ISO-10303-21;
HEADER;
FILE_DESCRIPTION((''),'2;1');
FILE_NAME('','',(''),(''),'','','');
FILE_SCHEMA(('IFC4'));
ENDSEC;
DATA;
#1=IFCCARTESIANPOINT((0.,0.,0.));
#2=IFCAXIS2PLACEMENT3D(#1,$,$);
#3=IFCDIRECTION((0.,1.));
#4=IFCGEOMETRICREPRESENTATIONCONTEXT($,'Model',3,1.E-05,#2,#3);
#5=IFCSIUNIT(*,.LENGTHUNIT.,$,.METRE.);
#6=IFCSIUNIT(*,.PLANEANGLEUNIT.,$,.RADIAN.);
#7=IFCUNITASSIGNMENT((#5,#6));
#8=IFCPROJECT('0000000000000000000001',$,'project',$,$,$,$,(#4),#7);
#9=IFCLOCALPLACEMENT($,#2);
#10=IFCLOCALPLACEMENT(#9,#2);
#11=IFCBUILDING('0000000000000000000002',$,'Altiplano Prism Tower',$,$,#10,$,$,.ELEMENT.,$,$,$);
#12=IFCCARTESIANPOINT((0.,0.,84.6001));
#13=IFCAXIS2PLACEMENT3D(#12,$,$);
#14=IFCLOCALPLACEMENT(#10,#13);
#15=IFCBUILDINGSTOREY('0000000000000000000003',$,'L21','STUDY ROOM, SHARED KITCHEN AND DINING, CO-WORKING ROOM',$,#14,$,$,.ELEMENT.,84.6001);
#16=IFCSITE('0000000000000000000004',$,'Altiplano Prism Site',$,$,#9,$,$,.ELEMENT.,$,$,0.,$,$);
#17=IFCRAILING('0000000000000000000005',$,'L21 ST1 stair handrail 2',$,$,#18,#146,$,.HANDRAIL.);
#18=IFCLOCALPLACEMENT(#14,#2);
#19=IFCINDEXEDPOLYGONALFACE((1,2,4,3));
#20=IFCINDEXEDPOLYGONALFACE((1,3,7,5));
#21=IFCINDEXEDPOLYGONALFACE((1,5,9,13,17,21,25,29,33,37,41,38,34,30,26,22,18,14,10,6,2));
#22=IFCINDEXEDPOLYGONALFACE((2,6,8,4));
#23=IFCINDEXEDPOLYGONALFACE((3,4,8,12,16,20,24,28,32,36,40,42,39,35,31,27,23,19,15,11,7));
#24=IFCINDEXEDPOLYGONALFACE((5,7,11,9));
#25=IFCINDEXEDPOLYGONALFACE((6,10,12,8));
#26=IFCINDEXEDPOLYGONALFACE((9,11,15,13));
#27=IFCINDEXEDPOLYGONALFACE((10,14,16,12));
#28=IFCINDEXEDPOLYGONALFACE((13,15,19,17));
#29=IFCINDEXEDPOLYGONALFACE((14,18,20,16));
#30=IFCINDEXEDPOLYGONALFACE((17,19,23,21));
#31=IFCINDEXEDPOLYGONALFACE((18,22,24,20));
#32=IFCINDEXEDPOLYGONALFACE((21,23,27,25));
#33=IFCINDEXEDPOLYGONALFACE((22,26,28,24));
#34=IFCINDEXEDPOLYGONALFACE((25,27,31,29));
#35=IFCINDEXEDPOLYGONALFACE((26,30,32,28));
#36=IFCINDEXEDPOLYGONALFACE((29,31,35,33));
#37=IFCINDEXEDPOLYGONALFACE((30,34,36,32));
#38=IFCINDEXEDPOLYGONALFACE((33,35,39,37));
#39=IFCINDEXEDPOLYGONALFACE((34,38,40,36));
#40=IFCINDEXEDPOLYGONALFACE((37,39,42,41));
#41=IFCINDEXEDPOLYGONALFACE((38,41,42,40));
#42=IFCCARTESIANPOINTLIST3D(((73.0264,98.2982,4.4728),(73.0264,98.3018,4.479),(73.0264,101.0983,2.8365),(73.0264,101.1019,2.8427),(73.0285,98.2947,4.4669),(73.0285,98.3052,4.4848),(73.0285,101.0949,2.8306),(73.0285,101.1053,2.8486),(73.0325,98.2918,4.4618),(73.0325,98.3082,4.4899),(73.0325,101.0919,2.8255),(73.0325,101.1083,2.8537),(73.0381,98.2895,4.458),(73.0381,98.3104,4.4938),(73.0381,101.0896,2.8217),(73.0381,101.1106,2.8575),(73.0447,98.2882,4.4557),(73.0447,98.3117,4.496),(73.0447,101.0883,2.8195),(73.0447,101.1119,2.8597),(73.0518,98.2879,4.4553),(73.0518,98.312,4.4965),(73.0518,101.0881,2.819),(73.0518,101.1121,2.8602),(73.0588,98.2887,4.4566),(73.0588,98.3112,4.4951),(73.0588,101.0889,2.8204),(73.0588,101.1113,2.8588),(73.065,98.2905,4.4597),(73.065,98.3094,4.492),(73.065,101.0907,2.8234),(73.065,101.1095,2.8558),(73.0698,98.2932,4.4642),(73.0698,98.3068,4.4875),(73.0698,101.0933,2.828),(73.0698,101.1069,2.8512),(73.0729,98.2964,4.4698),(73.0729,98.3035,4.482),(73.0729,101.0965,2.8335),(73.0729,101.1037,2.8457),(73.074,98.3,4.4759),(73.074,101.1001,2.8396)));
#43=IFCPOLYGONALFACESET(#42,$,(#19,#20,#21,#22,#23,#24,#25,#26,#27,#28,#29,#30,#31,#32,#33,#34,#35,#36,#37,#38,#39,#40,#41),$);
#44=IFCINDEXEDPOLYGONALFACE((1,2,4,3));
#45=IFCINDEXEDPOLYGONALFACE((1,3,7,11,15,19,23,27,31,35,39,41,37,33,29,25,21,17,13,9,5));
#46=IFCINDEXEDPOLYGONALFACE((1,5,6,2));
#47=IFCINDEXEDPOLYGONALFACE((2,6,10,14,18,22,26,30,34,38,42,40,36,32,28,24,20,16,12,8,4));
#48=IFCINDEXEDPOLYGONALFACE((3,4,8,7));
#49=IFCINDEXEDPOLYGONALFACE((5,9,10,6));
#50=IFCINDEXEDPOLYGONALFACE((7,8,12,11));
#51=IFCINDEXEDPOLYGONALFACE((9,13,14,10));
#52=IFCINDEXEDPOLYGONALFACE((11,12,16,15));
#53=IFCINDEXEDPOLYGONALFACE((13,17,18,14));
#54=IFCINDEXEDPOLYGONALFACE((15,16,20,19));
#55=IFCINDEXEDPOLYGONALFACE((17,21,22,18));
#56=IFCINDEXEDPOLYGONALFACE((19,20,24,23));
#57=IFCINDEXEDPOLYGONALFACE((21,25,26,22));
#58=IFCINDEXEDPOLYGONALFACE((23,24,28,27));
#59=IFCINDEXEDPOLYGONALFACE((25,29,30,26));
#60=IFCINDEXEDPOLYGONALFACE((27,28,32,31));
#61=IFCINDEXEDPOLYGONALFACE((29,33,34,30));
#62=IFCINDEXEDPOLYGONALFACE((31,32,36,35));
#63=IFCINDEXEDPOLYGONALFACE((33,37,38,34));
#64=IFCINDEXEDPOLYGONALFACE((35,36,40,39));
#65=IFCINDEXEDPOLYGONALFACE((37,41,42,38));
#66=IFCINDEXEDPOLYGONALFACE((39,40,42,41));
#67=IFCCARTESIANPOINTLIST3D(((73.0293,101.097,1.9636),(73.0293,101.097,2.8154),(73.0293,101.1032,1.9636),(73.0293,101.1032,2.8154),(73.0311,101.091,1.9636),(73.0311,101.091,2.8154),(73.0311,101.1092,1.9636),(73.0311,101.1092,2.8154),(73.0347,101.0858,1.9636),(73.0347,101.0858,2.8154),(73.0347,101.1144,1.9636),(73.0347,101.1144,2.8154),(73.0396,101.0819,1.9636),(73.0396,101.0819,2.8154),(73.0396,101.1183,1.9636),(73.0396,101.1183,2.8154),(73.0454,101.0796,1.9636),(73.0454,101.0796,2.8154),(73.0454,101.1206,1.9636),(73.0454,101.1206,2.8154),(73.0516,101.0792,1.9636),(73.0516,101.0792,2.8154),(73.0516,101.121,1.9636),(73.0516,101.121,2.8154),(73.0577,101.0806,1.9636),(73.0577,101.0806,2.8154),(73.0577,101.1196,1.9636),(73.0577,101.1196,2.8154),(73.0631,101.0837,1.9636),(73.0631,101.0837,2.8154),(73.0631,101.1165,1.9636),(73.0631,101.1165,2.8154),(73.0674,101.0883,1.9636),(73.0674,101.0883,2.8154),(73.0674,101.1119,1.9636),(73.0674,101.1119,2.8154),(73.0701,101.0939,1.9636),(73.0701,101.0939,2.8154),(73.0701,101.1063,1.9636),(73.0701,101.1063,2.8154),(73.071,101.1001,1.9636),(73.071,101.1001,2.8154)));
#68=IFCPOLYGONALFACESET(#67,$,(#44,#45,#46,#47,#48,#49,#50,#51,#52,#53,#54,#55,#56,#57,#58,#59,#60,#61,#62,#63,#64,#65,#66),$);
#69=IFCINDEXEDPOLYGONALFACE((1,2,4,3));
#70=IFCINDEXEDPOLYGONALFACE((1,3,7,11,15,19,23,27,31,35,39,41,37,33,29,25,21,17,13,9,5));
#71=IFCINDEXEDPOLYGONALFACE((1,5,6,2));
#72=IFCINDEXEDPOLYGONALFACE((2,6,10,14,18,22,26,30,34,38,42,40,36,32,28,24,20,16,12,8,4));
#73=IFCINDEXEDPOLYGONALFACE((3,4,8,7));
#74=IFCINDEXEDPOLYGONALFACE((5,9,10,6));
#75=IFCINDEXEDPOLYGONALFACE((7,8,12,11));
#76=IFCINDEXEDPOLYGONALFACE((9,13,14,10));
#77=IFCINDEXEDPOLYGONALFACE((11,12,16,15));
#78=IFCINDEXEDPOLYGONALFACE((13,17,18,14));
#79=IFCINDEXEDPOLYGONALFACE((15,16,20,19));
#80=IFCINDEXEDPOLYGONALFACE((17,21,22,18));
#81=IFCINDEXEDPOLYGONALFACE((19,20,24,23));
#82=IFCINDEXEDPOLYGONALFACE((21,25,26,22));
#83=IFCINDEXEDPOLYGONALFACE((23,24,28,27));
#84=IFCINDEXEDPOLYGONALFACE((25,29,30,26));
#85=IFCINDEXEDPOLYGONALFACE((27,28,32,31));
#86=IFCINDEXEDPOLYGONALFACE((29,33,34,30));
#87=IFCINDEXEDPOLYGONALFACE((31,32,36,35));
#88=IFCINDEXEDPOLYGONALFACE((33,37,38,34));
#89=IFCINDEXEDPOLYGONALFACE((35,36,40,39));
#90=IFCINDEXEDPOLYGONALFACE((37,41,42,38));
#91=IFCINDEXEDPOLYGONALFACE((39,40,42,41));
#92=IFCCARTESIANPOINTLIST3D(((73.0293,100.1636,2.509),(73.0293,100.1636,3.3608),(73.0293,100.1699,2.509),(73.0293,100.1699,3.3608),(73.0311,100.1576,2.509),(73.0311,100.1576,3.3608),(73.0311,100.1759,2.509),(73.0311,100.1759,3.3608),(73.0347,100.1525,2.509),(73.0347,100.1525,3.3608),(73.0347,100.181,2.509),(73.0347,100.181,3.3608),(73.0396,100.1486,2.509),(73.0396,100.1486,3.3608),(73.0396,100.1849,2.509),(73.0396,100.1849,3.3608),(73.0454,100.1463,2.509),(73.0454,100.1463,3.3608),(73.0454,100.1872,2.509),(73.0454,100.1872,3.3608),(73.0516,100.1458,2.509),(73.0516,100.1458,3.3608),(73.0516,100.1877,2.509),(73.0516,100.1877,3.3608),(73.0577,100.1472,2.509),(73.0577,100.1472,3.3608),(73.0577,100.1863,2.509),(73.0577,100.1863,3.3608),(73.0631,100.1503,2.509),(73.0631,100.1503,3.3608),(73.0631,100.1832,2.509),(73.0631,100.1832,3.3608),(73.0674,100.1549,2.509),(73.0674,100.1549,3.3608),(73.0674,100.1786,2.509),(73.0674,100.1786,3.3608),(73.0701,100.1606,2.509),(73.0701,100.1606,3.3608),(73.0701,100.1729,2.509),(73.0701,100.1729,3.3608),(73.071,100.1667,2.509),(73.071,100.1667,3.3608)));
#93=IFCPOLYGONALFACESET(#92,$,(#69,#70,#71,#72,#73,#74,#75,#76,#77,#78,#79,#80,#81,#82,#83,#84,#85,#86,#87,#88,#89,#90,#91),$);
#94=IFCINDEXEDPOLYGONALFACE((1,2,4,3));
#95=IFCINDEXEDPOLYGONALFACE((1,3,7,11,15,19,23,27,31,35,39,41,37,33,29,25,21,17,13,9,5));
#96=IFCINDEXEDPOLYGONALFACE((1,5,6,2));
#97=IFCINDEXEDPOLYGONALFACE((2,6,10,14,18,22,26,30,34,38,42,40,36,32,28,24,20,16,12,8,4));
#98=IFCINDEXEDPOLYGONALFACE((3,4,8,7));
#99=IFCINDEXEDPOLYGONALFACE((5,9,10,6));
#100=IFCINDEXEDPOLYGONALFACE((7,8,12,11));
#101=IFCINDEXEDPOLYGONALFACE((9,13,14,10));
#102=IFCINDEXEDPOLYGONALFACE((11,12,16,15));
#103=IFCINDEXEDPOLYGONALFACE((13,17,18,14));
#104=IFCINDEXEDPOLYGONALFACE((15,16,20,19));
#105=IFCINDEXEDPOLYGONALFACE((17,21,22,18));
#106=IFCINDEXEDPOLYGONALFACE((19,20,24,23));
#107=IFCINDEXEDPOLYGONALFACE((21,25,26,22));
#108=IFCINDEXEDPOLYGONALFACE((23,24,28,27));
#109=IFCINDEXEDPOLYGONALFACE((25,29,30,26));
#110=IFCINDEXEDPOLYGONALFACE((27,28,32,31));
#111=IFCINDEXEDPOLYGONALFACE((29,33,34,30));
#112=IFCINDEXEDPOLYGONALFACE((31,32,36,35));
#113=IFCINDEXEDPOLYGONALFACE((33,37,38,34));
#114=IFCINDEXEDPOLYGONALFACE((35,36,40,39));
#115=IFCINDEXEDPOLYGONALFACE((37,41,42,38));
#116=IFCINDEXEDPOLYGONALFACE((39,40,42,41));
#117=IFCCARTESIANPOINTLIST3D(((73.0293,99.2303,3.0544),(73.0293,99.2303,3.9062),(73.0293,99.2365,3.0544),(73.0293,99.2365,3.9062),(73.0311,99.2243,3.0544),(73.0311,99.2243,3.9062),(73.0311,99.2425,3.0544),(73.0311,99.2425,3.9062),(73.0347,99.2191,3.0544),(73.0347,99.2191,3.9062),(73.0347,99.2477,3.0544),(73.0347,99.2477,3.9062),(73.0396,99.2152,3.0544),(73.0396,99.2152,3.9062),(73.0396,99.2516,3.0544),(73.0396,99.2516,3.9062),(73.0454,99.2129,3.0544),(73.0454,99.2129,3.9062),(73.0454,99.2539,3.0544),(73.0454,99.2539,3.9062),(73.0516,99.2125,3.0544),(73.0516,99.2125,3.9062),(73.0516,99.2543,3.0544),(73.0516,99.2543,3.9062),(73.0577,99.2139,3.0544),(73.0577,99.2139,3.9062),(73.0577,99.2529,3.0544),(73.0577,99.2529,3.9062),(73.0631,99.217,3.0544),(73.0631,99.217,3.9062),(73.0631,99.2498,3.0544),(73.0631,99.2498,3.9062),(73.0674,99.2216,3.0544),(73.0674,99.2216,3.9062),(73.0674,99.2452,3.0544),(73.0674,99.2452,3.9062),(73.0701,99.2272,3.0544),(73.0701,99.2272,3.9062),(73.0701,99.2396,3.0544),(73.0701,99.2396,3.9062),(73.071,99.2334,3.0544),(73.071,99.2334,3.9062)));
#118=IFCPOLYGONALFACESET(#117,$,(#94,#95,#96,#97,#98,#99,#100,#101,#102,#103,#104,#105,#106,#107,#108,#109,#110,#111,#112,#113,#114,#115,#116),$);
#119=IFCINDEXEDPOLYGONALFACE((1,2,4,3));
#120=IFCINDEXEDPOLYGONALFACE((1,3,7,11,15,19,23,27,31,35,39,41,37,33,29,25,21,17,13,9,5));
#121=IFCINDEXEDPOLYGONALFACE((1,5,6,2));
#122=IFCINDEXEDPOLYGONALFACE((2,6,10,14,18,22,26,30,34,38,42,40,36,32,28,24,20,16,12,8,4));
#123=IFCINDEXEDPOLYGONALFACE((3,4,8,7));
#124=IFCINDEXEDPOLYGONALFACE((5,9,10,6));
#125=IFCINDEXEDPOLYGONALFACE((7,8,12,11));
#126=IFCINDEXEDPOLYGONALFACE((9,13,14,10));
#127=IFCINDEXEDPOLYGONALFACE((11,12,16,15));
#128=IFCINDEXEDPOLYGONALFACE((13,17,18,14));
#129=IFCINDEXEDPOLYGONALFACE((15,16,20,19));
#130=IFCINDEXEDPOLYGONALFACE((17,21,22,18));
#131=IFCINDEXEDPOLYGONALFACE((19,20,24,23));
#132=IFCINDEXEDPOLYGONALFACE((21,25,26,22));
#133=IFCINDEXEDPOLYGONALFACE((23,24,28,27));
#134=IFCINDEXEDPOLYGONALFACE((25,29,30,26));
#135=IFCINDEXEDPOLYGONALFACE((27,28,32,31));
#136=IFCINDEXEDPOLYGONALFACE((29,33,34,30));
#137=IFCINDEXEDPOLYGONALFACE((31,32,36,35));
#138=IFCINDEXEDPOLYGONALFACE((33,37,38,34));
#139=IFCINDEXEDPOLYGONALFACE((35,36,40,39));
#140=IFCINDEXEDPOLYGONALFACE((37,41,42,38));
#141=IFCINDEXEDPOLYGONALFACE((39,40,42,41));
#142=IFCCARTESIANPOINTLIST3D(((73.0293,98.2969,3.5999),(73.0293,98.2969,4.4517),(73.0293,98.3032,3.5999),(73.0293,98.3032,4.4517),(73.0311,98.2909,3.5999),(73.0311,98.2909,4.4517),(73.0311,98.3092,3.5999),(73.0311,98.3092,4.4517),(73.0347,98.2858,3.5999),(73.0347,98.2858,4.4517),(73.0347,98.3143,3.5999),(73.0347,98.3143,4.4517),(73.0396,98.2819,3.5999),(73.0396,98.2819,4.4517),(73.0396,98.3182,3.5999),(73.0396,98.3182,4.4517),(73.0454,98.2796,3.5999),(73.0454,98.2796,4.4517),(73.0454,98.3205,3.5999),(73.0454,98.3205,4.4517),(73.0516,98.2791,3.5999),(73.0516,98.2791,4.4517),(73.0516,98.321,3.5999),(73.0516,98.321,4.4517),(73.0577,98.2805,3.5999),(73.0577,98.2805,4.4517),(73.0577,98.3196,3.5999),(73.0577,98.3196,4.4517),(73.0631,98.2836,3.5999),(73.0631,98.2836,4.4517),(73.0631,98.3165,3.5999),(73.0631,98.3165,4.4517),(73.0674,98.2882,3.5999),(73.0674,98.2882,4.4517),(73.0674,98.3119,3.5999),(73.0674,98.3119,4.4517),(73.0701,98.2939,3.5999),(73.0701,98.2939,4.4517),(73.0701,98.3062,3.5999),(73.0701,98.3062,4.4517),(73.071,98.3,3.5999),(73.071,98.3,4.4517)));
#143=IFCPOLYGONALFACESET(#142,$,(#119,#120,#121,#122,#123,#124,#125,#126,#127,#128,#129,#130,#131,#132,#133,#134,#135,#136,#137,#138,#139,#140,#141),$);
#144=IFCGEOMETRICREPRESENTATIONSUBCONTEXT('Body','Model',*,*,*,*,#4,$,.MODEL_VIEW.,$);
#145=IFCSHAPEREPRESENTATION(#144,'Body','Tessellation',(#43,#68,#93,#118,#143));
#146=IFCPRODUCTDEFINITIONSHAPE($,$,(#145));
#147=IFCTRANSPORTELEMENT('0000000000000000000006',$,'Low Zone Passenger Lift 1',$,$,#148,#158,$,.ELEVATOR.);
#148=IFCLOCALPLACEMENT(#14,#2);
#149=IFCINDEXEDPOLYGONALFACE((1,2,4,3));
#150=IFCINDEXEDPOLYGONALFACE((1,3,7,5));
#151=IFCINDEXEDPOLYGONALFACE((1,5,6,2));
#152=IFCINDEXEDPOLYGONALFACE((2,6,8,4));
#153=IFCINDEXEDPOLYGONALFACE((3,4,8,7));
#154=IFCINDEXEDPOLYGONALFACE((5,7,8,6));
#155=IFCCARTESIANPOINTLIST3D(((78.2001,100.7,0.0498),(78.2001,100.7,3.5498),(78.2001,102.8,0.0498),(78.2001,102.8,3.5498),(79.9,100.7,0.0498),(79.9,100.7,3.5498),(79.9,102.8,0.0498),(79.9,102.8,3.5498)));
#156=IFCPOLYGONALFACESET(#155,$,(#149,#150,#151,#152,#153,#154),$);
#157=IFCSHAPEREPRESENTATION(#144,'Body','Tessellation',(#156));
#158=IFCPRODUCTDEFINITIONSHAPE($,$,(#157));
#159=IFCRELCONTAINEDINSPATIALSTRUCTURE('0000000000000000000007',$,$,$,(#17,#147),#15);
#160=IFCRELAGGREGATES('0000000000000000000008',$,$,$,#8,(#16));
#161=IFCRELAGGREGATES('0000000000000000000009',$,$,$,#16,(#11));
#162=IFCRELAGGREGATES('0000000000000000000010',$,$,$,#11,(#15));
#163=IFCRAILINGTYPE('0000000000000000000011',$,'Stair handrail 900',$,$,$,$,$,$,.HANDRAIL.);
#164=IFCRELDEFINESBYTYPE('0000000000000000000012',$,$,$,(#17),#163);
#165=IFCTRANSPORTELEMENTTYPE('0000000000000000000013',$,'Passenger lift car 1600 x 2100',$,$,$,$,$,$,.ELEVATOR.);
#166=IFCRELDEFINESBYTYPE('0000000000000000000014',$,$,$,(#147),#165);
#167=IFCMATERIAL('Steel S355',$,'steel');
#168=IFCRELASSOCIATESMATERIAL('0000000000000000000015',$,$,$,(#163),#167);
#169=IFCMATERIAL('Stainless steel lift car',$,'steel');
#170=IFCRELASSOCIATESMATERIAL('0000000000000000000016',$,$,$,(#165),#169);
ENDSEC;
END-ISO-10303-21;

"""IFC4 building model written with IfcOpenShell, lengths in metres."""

from ifc_helpers import new_model, si_unit, direction, frame, origin, origin_2d, place, context, subcontext, project, spatial, rectangle, circle, extrude, material, type_object, element, save


model = new_model("IFC4")

# Units and contexts
model_context = context("Model", 3, precision=1e-05, world=origin(), true_north=direction((0.0, 1.0)))
body_context = subcontext(model_context, "Body", "Model", "MODEL_VIEW")
ifc_project = project(units=[si_unit("LENGTHUNIT", "METRE"), si_unit("PLANEANGLEUNIT", "RADIAN")], contexts=[model_context])

# Site, building, storey
site_placement = place(None, origin())
site = spatial("IfcSite", under=ifc_project, at=site_placement, Name="Altiplano Prism Site", CompositionType="ELEMENT", RefElevation=0.0)
building_placement = place(site_placement, origin())
building = spatial("IfcBuilding", under=site, at=building_placement, Name="Altiplano Prism Tower", CompositionType="ELEMENT")
storey_placement = place(building_placement, frame((0.0, 0.0, 84.6001)))
storey = spatial("IfcBuildingStorey", under=building, at=storey_placement, Name="L21", Description="STUDY ROOM, SHARED KITCHEN AND DINING, CO-WORKING ROOM", CompositionType="ELEMENT", Elevation=84.6001)

# Railing
ifc_material_1 = material(Name="Steel S355", Category="steel")
railing_type_1 = type_object("IfcRailingType", Name="Stair handrail 900", PredefinedType="HANDRAIL", material=ifc_material_1)
railing_1_placement = place(storey_placement, frame((73.05, 101.1001, 1.9636)))
element("IfcRailing", 1, at=railing_1_placement, inside=storey, type_object=railing_type_1, Name="L21 ST1 stair handrail 2", PredefinedType="HANDRAIL", context=body_context, shape_type="SweptSolid", body=[
    extrude(circle(Radius=0.0239, at=origin_2d()), frame((0.0, 0.0, 0.876), z_axis=(0.0, -0.863394, 0.504531), x_axis=(1.0, 0.0, 0.0)), (0.0, 0.0, 1.0), 3.2432),
    extrude(circle(Radius=0.021, at=origin_2d()), origin(), (0.0, 0.0, 1.0), 0.8518),
    extrude(circle(Radius=0.021, at=origin_2d()), frame((0.0, -0.9333, 0.5454)), (0.0, 0.0, 1.0), 0.8518),
    extrude(circle(Radius=0.021, at=origin_2d()), frame((0.0, -1.8667, 1.0908)), (0.0, 0.0, 1.0), 0.8518),
    extrude(circle(Radius=0.021, at=origin_2d()), frame((0.0, -2.8, 1.6362)), (0.0, 0.0, 1.0), 0.8518),
])

# Transport element
ifc_material_2 = material(Name="Stainless steel lift car", Category="steel")
transport_element_type = type_object("IfcTransportElementType", Name="Passenger lift car 1600 x 2100", PredefinedType="ELEVATOR", material=ifc_material_2)
transport_element_placement = place(storey_placement, frame((79.05, 101.75, 0.0498), z_axis=(0.0, 0.0, 1.0), x_axis=(1.0, 0.0, 0.0)))
element("IfcTransportElement", 2, at=transport_element_placement, inside=storey, type_object=transport_element_type, Name="Low Zone Passenger Lift 1", PredefinedType="ELEVATOR", context=body_context, shape_type="SweptSolid", body=[
    extrude(rectangle(XDim=1.7, YDim=2.1001, at=origin_2d()), origin(), (0.0, 0.0, 1.0), 3.5),
])

save(model, "model.ifc")
